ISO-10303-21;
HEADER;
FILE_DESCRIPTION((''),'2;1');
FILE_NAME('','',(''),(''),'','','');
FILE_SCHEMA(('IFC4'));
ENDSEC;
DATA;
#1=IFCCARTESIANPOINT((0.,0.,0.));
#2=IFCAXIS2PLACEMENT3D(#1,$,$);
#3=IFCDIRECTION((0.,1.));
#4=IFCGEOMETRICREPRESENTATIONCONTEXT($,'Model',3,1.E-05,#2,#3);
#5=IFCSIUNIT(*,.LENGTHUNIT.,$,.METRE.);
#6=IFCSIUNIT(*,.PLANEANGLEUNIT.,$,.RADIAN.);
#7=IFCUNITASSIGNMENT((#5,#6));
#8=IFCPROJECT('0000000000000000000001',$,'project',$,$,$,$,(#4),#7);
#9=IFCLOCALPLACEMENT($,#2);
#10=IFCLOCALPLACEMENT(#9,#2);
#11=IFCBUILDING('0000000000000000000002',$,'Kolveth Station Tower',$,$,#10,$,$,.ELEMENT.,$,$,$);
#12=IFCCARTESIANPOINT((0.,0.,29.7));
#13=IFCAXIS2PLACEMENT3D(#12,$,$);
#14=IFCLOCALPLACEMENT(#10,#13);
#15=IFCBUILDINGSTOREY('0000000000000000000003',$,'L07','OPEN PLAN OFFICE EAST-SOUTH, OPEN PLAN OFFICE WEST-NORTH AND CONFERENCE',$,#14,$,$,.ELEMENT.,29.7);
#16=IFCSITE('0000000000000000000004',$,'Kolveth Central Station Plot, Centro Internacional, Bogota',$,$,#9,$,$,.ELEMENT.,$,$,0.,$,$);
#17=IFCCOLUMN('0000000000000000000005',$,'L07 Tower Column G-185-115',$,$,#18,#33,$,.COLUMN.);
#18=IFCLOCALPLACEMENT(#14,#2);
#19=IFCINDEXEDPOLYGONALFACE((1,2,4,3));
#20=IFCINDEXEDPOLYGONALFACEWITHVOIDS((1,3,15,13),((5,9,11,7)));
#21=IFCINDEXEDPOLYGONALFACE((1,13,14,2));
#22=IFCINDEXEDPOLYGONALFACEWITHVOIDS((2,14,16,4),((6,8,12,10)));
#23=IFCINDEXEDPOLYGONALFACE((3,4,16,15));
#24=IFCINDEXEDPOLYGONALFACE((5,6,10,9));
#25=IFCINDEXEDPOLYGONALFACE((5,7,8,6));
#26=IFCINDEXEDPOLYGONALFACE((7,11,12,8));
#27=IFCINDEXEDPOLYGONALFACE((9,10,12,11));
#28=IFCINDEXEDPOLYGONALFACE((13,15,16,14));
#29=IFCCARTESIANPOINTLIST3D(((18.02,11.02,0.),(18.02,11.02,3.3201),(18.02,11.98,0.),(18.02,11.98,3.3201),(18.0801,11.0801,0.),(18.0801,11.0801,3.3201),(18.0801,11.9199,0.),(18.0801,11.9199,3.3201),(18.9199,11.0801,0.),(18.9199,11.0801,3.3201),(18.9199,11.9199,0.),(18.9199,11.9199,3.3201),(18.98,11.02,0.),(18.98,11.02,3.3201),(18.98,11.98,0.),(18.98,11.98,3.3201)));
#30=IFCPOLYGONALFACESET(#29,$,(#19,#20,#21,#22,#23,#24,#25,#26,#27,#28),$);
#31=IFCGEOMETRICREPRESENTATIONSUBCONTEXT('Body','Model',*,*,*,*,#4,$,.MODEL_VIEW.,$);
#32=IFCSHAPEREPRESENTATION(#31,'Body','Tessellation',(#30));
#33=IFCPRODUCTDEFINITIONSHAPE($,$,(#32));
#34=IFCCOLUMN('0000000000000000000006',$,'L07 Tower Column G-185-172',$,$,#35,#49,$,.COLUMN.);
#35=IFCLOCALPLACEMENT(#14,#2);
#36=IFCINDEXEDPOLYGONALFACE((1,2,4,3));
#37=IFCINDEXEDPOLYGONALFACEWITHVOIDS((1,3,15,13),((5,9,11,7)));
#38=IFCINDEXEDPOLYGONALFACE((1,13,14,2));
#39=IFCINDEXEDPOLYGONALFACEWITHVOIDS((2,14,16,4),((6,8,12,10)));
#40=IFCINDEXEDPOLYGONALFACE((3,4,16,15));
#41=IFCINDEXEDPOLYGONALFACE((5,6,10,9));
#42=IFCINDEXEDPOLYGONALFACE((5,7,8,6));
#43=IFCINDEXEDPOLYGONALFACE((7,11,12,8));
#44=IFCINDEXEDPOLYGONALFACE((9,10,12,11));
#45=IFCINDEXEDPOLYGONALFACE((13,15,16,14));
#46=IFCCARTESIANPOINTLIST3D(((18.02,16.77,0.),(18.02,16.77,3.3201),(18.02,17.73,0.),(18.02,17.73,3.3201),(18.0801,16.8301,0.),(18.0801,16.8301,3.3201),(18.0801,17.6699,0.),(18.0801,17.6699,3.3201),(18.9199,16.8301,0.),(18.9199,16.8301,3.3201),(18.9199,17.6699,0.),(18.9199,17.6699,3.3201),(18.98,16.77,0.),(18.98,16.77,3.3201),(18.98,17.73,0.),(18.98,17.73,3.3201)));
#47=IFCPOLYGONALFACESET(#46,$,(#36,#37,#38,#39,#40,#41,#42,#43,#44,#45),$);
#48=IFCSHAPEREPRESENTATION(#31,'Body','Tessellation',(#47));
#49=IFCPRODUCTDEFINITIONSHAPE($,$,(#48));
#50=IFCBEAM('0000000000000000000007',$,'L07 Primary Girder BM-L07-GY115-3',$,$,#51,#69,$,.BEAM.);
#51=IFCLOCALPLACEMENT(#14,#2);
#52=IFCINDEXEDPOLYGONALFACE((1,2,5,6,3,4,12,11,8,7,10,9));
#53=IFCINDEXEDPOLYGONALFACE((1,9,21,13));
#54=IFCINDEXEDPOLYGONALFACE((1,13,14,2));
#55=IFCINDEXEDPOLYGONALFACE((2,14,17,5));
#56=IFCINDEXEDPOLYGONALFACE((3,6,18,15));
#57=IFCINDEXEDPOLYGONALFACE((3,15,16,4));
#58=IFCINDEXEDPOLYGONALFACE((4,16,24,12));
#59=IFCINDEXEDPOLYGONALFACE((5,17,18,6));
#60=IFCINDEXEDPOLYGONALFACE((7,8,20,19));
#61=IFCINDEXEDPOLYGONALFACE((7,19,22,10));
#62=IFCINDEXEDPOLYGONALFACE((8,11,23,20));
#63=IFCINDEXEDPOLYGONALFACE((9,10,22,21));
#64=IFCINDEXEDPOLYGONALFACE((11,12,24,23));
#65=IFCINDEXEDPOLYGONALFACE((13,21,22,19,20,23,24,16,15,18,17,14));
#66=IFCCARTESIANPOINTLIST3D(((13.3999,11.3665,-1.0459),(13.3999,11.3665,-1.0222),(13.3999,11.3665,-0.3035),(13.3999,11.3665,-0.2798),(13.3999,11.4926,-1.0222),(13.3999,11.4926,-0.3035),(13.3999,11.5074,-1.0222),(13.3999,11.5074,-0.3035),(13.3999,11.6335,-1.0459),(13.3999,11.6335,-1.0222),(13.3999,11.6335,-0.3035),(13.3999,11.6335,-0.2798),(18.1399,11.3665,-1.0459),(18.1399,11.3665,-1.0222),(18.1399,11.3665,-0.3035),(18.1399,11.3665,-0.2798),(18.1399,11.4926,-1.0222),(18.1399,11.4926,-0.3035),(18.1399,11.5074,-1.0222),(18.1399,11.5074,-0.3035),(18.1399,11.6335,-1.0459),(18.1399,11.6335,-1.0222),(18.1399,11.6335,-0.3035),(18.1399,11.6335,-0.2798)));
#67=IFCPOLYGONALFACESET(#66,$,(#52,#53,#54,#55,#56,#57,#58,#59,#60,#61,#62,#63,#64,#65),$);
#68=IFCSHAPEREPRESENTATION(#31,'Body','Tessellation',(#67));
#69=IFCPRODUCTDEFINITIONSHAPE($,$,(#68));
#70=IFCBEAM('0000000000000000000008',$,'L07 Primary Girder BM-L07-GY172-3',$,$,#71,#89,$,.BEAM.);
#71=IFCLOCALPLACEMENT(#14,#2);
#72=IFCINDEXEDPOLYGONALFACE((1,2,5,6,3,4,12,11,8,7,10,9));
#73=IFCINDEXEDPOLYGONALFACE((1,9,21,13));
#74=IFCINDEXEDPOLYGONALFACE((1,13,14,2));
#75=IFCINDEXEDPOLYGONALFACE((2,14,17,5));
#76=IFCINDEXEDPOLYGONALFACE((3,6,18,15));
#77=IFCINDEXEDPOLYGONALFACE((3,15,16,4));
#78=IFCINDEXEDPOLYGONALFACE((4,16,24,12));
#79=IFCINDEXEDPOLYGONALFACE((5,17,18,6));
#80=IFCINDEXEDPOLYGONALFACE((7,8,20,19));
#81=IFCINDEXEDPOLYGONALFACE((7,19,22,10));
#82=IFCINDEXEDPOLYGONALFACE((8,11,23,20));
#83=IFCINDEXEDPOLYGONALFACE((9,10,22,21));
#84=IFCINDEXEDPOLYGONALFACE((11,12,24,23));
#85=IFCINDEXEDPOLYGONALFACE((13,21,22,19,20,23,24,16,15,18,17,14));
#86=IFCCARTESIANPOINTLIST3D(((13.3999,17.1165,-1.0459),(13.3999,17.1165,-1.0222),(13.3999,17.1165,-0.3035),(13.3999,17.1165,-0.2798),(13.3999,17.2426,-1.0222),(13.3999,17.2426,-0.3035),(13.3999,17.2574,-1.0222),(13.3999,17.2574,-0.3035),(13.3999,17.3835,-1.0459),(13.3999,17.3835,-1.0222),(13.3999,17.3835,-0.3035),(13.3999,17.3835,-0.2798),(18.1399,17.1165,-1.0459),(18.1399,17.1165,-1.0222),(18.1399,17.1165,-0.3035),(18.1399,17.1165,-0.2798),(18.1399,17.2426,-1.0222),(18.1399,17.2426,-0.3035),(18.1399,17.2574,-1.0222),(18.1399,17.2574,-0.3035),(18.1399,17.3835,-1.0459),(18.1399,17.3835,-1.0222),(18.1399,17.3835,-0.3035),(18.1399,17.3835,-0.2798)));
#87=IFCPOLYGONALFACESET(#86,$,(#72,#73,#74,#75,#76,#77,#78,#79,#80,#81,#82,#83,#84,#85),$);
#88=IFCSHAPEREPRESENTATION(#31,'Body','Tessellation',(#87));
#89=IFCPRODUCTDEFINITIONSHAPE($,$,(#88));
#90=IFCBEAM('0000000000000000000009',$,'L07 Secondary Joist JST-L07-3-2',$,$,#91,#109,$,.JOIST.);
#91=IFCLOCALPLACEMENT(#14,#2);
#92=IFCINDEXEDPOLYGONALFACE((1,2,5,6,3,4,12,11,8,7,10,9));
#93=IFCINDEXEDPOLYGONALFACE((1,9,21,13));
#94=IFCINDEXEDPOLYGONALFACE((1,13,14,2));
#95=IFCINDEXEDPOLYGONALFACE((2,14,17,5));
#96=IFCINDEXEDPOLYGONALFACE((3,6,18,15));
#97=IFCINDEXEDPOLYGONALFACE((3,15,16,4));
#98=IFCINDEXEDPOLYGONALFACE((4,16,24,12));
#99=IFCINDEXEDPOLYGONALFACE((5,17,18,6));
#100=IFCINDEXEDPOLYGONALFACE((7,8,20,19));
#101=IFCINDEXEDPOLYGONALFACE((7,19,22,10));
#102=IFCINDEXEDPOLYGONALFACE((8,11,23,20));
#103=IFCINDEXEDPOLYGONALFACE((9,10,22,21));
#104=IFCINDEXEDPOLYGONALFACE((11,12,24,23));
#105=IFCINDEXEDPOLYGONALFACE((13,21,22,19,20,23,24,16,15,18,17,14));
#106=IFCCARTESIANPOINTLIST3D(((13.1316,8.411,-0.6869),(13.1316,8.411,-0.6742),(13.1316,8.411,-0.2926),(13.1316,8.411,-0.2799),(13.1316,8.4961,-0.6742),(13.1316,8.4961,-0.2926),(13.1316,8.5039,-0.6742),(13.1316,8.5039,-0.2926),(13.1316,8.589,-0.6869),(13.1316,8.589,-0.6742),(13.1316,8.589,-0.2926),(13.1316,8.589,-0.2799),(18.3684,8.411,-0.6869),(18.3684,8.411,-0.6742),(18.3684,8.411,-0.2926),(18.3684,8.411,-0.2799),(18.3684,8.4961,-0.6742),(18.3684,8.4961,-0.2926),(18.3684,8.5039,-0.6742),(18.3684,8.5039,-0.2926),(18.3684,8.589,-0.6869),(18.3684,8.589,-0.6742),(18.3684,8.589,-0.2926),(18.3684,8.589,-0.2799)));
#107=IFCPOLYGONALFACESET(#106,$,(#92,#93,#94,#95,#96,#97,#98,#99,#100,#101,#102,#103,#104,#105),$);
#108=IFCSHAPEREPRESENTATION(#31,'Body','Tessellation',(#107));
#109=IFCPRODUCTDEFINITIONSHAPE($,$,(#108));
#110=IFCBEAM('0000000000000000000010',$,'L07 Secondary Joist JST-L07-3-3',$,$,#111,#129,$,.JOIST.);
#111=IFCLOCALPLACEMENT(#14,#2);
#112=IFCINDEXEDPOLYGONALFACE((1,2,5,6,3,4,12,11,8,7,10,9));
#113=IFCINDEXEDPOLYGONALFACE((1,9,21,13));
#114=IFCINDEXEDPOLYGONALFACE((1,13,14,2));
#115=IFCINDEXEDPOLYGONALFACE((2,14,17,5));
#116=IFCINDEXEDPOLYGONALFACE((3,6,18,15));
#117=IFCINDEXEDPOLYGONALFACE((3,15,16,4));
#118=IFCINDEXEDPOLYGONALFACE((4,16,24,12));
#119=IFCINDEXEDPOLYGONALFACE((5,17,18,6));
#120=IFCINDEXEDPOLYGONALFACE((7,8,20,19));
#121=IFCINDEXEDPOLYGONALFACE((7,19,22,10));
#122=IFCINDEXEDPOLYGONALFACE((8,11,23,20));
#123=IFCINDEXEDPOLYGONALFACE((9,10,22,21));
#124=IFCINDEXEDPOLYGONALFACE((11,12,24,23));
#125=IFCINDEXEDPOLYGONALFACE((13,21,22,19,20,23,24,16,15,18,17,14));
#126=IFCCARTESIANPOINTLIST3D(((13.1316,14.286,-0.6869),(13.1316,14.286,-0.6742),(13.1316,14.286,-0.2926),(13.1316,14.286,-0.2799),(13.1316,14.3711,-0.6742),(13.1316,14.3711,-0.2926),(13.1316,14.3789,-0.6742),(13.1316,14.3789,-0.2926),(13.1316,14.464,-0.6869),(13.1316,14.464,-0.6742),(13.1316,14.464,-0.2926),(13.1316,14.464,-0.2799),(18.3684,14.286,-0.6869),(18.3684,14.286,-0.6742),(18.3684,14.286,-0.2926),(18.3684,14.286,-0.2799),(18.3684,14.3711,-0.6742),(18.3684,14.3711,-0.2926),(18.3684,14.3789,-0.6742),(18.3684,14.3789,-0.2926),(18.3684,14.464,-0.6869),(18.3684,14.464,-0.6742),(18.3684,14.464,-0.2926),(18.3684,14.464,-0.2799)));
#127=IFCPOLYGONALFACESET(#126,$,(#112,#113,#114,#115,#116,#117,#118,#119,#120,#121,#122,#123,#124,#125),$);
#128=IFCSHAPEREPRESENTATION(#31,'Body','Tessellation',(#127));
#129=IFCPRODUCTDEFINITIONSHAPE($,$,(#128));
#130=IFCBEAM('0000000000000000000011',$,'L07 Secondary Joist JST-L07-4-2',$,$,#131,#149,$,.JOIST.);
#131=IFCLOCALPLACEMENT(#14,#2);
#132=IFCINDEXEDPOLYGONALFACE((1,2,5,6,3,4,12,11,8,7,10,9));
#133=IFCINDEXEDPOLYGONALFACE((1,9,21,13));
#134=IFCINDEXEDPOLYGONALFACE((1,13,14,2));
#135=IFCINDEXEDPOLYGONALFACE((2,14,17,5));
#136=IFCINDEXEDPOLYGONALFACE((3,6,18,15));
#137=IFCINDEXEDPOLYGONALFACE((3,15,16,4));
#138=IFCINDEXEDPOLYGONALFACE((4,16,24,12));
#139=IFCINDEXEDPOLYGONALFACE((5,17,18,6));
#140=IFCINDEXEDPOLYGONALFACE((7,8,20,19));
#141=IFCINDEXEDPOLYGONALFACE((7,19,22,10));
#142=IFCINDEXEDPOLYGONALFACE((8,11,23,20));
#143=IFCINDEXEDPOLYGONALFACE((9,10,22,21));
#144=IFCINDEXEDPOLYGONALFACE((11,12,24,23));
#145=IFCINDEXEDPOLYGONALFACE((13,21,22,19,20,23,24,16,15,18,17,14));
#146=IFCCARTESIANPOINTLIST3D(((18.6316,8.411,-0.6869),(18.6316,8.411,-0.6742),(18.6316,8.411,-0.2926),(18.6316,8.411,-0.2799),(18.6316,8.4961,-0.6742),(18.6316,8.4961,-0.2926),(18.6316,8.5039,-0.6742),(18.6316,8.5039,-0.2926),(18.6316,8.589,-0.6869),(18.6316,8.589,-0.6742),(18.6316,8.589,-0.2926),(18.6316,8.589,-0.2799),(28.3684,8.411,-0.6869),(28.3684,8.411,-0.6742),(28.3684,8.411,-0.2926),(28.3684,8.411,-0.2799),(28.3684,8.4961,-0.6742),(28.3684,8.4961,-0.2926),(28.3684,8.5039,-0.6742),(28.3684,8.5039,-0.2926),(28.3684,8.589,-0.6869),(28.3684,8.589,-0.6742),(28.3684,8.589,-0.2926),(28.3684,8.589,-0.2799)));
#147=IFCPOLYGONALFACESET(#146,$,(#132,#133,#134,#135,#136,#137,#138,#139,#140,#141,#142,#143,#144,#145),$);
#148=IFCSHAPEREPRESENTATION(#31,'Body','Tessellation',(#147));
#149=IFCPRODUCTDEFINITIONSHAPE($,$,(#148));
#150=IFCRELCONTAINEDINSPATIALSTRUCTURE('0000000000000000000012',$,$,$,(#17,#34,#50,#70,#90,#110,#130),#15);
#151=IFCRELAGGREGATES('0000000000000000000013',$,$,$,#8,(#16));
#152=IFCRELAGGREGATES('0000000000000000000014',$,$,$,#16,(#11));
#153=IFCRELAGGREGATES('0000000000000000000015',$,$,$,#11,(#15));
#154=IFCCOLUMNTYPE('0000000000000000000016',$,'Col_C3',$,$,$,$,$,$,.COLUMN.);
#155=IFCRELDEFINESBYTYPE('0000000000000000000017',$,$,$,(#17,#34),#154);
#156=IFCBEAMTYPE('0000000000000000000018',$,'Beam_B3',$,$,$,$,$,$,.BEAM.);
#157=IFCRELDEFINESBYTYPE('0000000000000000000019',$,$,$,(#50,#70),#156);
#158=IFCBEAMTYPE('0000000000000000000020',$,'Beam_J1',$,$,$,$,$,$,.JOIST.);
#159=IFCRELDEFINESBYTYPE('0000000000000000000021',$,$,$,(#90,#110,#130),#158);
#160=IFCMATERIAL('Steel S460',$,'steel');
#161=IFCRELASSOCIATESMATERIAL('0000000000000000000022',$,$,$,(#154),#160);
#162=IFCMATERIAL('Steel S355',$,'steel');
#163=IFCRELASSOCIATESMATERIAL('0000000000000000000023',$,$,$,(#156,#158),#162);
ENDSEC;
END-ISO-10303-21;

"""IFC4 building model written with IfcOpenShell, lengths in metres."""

from ifc_helpers import new_model, si_unit, direction, frame, origin, origin_2d, place, context, subcontext, project, spatial, hollow_rectangle, i_section, extrude, source, transform, mapped, material, material_profile, profile_set, type_object, element, save


model = new_model("IFC4")

# Units and contexts
model_context = context("Model", 3, precision=1e-05, world=origin(), true_north=direction((0.0, 1.0)))
body_context = subcontext(model_context, "Body", "Model", "MODEL_VIEW")
ifc_project = project(units=[si_unit("LENGTHUNIT", "METRE"), si_unit("PLANEANGLEUNIT", "RADIAN")], contexts=[model_context])

# Site, building, storey
site_placement = place(None, origin())
site = spatial("IfcSite", under=ifc_project, at=site_placement, Name="Kolveth Central Station Plot, Centro Internacional, Bogota", CompositionType="ELEMENT", RefElevation=0.0)
building_placement = place(site_placement, origin())
building = spatial("IfcBuilding", under=site, at=building_placement, Name="Kolveth Station Tower", CompositionType="ELEMENT")
storey_placement = place(building_placement, frame((0.0, 0.0, 29.7)))
storey = spatial("IfcBuildingStorey", under=building, at=storey_placement, Name="L07", Description="OPEN PLAN OFFICE EAST-SOUTH, OPEN PLAN OFFICE WEST-NORTH AND CONFERENCE", CompositionType="ELEMENT", Elevation=29.7)

# Columns
ifc_material_1 = material(Name="Steel S460", Category="steel")
ifc_material_profile_1 = material_profile(ifc_material_1, hollow_rectangle(XDim=0.96, YDim=0.96, WallThickness=0.0601, at=origin_2d()), Name="BOX960x960x60")
ifc_profile_set_1 = profile_set([ifc_material_profile_1], Name="Steel S460")
column_type = type_object("IfcColumnType", Name="Col_C3", PredefinedType="COLUMN", material=ifc_profile_set_1)
shared_shape_1 = source(origin(), body_context, "Body", "SweptSolid", [
    extrude(hollow_rectangle(XDim=0.96, YDim=0.96, WallThickness=0.0601, at=origin_2d()), origin(), (0.0, 0.0, 1.0), 3.3201),
])
for number, where, z_axis, x_axis, name in (
    (1, (18.5, 11.5, 0.0), (0.0, 0.0, 1.0), (1.0, 0.0, 0.0), "L07 Tower Column G-185-115"),
    (2, (18.5, 17.25, 0.0), (0.0, 0.0, 1.0), (1.0, 0.0, 0.0), "L07 Tower Column G-185-172"),
):
    element("IfcColumn", number, at=place(storey_placement, frame(where, z_axis=z_axis, x_axis=x_axis)), inside=storey, type_object=column_type, Name=name, PredefinedType="COLUMN", context=body_context, shape_type="MappedRepresentation", body=[
        mapped(shared_shape_1, transform((0.0, 0.0, 0.0), x_axis=(1.0, 0.0, 0.0), y_axis=(0.0, 1.0, 0.0), z_axis=(0.0, 0.0, 1.0), scale=1.0)),
    ])

# Beams
ifc_material_2 = material(Name="Steel S355", Category="steel")
ifc_material_profile_2 = material_profile(ifc_material_2, i_section(OverallWidth=0.2671, OverallDepth=0.7661, WebThickness=0.0149, FlangeThickness=0.0237, at=origin_2d()), Name="W760x185")
ifc_profile_set_2 = profile_set([ifc_material_profile_2], Name="Steel S355")
beam_type_1 = type_object("IfcBeamType", Name="Beam_B3", PredefinedType="BEAM", material=ifc_profile_set_2)
shared_shape_2 = source(origin(), body_context, "Body", "SweptSolid", [
    extrude(i_section(OverallWidth=0.2671, OverallDepth=0.7661, WebThickness=0.0149, FlangeThickness=0.0237, at=origin_2d()), origin(), (0.0, 0.0, 1.0), 4.74),
])
for number, where, z_axis, x_axis, name in (
    (3, (13.3999, 11.5, -0.6628), (1.0, 0.0, 0.0), (0.0, 1.0, 0.0), "L07 Primary Girder BM-L07-GY115-3"),
    (4, (13.3999, 17.25, -0.6628), (1.0, 0.0, 0.0), (0.0, 1.0, 0.0), "L07 Primary Girder BM-L07-GY172-3"),
):
    element("IfcBeam", number, at=place(storey_placement, frame(where, z_axis=z_axis, x_axis=x_axis)), inside=storey, type_object=beam_type_1, Name=name, PredefinedType="BEAM", context=body_context, shape_type="MappedRepresentation", body=[
        mapped(shared_shape_2, transform((0.0, 0.0, 0.0), x_axis=(1.0, 0.0, 0.0), y_axis=(0.0, 1.0, 0.0), z_axis=(0.0, 0.0, 1.0), scale=1.0)),
    ])
ifc_material_profile_3 = material_profile(ifc_material_2, i_section(OverallWidth=0.178, OverallDepth=0.407, WebThickness=0.0078, FlangeThickness=0.0127, at=origin_2d()), Name="W410x60")
ifc_profile_set_3 = profile_set([ifc_material_profile_3], Name="Steel S355")
beam_type_2 = type_object("IfcBeamType", Name="Beam_J1", PredefinedType="JOIST", material=ifc_profile_set_3)
shared_shape_3 = source(origin(), body_context, "Body", "SweptSolid", [
    extrude(i_section(OverallWidth=0.178, OverallDepth=0.407, WebThickness=0.0078, FlangeThickness=0.0127, at=origin_2d()), origin(), (0.0, 0.0, 1.0), 5.2368),
])
for number, where, z_axis, x_axis, name in (
    (5, (13.1316, 8.5, -0.4834), (1.0, 0.0, 0.0), (0.0, 1.0, 0.0), "L07 Secondary Joist JST-L07-3-2"),
    (6, (13.1316, 14.375, -0.4834), (1.0, 0.0, 0.0), (0.0, 1.0, 0.0), "L07 Secondary Joist JST-L07-3-3"),
):
    element("IfcBeam", number, at=place(storey_placement, frame(where, z_axis=z_axis, x_axis=x_axis)), inside=storey, type_object=beam_type_2, Name=name, PredefinedType="JOIST", context=body_context, shape_type="MappedRepresentation", body=[
        mapped(shared_shape_3, transform((0.0, 0.0, 0.0), x_axis=(1.0, 0.0, 0.0), y_axis=(0.0, 1.0, 0.0), z_axis=(0.0, 0.0, 1.0), scale=1.0)),
    ])
shared_shape_4 = source(origin(), body_context, "Body", "SweptSolid", [
    extrude(i_section(OverallWidth=0.178, OverallDepth=0.407, WebThickness=0.0078, FlangeThickness=0.0127, at=origin_2d()), origin(), (0.0, 0.0, 1.0), 9.7368),
])
beam_placement = place(storey_placement, frame((18.6316, 8.5, -0.4834), z_axis=(1.0, 0.0, 0.0), x_axis=(0.0, 1.0, 0.0)))
element("IfcBeam", 7, at=beam_placement, inside=storey, type_object=beam_type_2, Name="L07 Secondary Joist JST-L07-4-2", PredefinedType="JOIST", context=body_context, shape_type="MappedRepresentation", body=[
    mapped(shared_shape_4, transform((0.0, 0.0, 0.0), x_axis=(1.0, 0.0, 0.0), y_axis=(0.0, 1.0, 0.0), z_axis=(0.0, 0.0, 1.0), scale=1.0)),
])

save(model, "model.ifc")
